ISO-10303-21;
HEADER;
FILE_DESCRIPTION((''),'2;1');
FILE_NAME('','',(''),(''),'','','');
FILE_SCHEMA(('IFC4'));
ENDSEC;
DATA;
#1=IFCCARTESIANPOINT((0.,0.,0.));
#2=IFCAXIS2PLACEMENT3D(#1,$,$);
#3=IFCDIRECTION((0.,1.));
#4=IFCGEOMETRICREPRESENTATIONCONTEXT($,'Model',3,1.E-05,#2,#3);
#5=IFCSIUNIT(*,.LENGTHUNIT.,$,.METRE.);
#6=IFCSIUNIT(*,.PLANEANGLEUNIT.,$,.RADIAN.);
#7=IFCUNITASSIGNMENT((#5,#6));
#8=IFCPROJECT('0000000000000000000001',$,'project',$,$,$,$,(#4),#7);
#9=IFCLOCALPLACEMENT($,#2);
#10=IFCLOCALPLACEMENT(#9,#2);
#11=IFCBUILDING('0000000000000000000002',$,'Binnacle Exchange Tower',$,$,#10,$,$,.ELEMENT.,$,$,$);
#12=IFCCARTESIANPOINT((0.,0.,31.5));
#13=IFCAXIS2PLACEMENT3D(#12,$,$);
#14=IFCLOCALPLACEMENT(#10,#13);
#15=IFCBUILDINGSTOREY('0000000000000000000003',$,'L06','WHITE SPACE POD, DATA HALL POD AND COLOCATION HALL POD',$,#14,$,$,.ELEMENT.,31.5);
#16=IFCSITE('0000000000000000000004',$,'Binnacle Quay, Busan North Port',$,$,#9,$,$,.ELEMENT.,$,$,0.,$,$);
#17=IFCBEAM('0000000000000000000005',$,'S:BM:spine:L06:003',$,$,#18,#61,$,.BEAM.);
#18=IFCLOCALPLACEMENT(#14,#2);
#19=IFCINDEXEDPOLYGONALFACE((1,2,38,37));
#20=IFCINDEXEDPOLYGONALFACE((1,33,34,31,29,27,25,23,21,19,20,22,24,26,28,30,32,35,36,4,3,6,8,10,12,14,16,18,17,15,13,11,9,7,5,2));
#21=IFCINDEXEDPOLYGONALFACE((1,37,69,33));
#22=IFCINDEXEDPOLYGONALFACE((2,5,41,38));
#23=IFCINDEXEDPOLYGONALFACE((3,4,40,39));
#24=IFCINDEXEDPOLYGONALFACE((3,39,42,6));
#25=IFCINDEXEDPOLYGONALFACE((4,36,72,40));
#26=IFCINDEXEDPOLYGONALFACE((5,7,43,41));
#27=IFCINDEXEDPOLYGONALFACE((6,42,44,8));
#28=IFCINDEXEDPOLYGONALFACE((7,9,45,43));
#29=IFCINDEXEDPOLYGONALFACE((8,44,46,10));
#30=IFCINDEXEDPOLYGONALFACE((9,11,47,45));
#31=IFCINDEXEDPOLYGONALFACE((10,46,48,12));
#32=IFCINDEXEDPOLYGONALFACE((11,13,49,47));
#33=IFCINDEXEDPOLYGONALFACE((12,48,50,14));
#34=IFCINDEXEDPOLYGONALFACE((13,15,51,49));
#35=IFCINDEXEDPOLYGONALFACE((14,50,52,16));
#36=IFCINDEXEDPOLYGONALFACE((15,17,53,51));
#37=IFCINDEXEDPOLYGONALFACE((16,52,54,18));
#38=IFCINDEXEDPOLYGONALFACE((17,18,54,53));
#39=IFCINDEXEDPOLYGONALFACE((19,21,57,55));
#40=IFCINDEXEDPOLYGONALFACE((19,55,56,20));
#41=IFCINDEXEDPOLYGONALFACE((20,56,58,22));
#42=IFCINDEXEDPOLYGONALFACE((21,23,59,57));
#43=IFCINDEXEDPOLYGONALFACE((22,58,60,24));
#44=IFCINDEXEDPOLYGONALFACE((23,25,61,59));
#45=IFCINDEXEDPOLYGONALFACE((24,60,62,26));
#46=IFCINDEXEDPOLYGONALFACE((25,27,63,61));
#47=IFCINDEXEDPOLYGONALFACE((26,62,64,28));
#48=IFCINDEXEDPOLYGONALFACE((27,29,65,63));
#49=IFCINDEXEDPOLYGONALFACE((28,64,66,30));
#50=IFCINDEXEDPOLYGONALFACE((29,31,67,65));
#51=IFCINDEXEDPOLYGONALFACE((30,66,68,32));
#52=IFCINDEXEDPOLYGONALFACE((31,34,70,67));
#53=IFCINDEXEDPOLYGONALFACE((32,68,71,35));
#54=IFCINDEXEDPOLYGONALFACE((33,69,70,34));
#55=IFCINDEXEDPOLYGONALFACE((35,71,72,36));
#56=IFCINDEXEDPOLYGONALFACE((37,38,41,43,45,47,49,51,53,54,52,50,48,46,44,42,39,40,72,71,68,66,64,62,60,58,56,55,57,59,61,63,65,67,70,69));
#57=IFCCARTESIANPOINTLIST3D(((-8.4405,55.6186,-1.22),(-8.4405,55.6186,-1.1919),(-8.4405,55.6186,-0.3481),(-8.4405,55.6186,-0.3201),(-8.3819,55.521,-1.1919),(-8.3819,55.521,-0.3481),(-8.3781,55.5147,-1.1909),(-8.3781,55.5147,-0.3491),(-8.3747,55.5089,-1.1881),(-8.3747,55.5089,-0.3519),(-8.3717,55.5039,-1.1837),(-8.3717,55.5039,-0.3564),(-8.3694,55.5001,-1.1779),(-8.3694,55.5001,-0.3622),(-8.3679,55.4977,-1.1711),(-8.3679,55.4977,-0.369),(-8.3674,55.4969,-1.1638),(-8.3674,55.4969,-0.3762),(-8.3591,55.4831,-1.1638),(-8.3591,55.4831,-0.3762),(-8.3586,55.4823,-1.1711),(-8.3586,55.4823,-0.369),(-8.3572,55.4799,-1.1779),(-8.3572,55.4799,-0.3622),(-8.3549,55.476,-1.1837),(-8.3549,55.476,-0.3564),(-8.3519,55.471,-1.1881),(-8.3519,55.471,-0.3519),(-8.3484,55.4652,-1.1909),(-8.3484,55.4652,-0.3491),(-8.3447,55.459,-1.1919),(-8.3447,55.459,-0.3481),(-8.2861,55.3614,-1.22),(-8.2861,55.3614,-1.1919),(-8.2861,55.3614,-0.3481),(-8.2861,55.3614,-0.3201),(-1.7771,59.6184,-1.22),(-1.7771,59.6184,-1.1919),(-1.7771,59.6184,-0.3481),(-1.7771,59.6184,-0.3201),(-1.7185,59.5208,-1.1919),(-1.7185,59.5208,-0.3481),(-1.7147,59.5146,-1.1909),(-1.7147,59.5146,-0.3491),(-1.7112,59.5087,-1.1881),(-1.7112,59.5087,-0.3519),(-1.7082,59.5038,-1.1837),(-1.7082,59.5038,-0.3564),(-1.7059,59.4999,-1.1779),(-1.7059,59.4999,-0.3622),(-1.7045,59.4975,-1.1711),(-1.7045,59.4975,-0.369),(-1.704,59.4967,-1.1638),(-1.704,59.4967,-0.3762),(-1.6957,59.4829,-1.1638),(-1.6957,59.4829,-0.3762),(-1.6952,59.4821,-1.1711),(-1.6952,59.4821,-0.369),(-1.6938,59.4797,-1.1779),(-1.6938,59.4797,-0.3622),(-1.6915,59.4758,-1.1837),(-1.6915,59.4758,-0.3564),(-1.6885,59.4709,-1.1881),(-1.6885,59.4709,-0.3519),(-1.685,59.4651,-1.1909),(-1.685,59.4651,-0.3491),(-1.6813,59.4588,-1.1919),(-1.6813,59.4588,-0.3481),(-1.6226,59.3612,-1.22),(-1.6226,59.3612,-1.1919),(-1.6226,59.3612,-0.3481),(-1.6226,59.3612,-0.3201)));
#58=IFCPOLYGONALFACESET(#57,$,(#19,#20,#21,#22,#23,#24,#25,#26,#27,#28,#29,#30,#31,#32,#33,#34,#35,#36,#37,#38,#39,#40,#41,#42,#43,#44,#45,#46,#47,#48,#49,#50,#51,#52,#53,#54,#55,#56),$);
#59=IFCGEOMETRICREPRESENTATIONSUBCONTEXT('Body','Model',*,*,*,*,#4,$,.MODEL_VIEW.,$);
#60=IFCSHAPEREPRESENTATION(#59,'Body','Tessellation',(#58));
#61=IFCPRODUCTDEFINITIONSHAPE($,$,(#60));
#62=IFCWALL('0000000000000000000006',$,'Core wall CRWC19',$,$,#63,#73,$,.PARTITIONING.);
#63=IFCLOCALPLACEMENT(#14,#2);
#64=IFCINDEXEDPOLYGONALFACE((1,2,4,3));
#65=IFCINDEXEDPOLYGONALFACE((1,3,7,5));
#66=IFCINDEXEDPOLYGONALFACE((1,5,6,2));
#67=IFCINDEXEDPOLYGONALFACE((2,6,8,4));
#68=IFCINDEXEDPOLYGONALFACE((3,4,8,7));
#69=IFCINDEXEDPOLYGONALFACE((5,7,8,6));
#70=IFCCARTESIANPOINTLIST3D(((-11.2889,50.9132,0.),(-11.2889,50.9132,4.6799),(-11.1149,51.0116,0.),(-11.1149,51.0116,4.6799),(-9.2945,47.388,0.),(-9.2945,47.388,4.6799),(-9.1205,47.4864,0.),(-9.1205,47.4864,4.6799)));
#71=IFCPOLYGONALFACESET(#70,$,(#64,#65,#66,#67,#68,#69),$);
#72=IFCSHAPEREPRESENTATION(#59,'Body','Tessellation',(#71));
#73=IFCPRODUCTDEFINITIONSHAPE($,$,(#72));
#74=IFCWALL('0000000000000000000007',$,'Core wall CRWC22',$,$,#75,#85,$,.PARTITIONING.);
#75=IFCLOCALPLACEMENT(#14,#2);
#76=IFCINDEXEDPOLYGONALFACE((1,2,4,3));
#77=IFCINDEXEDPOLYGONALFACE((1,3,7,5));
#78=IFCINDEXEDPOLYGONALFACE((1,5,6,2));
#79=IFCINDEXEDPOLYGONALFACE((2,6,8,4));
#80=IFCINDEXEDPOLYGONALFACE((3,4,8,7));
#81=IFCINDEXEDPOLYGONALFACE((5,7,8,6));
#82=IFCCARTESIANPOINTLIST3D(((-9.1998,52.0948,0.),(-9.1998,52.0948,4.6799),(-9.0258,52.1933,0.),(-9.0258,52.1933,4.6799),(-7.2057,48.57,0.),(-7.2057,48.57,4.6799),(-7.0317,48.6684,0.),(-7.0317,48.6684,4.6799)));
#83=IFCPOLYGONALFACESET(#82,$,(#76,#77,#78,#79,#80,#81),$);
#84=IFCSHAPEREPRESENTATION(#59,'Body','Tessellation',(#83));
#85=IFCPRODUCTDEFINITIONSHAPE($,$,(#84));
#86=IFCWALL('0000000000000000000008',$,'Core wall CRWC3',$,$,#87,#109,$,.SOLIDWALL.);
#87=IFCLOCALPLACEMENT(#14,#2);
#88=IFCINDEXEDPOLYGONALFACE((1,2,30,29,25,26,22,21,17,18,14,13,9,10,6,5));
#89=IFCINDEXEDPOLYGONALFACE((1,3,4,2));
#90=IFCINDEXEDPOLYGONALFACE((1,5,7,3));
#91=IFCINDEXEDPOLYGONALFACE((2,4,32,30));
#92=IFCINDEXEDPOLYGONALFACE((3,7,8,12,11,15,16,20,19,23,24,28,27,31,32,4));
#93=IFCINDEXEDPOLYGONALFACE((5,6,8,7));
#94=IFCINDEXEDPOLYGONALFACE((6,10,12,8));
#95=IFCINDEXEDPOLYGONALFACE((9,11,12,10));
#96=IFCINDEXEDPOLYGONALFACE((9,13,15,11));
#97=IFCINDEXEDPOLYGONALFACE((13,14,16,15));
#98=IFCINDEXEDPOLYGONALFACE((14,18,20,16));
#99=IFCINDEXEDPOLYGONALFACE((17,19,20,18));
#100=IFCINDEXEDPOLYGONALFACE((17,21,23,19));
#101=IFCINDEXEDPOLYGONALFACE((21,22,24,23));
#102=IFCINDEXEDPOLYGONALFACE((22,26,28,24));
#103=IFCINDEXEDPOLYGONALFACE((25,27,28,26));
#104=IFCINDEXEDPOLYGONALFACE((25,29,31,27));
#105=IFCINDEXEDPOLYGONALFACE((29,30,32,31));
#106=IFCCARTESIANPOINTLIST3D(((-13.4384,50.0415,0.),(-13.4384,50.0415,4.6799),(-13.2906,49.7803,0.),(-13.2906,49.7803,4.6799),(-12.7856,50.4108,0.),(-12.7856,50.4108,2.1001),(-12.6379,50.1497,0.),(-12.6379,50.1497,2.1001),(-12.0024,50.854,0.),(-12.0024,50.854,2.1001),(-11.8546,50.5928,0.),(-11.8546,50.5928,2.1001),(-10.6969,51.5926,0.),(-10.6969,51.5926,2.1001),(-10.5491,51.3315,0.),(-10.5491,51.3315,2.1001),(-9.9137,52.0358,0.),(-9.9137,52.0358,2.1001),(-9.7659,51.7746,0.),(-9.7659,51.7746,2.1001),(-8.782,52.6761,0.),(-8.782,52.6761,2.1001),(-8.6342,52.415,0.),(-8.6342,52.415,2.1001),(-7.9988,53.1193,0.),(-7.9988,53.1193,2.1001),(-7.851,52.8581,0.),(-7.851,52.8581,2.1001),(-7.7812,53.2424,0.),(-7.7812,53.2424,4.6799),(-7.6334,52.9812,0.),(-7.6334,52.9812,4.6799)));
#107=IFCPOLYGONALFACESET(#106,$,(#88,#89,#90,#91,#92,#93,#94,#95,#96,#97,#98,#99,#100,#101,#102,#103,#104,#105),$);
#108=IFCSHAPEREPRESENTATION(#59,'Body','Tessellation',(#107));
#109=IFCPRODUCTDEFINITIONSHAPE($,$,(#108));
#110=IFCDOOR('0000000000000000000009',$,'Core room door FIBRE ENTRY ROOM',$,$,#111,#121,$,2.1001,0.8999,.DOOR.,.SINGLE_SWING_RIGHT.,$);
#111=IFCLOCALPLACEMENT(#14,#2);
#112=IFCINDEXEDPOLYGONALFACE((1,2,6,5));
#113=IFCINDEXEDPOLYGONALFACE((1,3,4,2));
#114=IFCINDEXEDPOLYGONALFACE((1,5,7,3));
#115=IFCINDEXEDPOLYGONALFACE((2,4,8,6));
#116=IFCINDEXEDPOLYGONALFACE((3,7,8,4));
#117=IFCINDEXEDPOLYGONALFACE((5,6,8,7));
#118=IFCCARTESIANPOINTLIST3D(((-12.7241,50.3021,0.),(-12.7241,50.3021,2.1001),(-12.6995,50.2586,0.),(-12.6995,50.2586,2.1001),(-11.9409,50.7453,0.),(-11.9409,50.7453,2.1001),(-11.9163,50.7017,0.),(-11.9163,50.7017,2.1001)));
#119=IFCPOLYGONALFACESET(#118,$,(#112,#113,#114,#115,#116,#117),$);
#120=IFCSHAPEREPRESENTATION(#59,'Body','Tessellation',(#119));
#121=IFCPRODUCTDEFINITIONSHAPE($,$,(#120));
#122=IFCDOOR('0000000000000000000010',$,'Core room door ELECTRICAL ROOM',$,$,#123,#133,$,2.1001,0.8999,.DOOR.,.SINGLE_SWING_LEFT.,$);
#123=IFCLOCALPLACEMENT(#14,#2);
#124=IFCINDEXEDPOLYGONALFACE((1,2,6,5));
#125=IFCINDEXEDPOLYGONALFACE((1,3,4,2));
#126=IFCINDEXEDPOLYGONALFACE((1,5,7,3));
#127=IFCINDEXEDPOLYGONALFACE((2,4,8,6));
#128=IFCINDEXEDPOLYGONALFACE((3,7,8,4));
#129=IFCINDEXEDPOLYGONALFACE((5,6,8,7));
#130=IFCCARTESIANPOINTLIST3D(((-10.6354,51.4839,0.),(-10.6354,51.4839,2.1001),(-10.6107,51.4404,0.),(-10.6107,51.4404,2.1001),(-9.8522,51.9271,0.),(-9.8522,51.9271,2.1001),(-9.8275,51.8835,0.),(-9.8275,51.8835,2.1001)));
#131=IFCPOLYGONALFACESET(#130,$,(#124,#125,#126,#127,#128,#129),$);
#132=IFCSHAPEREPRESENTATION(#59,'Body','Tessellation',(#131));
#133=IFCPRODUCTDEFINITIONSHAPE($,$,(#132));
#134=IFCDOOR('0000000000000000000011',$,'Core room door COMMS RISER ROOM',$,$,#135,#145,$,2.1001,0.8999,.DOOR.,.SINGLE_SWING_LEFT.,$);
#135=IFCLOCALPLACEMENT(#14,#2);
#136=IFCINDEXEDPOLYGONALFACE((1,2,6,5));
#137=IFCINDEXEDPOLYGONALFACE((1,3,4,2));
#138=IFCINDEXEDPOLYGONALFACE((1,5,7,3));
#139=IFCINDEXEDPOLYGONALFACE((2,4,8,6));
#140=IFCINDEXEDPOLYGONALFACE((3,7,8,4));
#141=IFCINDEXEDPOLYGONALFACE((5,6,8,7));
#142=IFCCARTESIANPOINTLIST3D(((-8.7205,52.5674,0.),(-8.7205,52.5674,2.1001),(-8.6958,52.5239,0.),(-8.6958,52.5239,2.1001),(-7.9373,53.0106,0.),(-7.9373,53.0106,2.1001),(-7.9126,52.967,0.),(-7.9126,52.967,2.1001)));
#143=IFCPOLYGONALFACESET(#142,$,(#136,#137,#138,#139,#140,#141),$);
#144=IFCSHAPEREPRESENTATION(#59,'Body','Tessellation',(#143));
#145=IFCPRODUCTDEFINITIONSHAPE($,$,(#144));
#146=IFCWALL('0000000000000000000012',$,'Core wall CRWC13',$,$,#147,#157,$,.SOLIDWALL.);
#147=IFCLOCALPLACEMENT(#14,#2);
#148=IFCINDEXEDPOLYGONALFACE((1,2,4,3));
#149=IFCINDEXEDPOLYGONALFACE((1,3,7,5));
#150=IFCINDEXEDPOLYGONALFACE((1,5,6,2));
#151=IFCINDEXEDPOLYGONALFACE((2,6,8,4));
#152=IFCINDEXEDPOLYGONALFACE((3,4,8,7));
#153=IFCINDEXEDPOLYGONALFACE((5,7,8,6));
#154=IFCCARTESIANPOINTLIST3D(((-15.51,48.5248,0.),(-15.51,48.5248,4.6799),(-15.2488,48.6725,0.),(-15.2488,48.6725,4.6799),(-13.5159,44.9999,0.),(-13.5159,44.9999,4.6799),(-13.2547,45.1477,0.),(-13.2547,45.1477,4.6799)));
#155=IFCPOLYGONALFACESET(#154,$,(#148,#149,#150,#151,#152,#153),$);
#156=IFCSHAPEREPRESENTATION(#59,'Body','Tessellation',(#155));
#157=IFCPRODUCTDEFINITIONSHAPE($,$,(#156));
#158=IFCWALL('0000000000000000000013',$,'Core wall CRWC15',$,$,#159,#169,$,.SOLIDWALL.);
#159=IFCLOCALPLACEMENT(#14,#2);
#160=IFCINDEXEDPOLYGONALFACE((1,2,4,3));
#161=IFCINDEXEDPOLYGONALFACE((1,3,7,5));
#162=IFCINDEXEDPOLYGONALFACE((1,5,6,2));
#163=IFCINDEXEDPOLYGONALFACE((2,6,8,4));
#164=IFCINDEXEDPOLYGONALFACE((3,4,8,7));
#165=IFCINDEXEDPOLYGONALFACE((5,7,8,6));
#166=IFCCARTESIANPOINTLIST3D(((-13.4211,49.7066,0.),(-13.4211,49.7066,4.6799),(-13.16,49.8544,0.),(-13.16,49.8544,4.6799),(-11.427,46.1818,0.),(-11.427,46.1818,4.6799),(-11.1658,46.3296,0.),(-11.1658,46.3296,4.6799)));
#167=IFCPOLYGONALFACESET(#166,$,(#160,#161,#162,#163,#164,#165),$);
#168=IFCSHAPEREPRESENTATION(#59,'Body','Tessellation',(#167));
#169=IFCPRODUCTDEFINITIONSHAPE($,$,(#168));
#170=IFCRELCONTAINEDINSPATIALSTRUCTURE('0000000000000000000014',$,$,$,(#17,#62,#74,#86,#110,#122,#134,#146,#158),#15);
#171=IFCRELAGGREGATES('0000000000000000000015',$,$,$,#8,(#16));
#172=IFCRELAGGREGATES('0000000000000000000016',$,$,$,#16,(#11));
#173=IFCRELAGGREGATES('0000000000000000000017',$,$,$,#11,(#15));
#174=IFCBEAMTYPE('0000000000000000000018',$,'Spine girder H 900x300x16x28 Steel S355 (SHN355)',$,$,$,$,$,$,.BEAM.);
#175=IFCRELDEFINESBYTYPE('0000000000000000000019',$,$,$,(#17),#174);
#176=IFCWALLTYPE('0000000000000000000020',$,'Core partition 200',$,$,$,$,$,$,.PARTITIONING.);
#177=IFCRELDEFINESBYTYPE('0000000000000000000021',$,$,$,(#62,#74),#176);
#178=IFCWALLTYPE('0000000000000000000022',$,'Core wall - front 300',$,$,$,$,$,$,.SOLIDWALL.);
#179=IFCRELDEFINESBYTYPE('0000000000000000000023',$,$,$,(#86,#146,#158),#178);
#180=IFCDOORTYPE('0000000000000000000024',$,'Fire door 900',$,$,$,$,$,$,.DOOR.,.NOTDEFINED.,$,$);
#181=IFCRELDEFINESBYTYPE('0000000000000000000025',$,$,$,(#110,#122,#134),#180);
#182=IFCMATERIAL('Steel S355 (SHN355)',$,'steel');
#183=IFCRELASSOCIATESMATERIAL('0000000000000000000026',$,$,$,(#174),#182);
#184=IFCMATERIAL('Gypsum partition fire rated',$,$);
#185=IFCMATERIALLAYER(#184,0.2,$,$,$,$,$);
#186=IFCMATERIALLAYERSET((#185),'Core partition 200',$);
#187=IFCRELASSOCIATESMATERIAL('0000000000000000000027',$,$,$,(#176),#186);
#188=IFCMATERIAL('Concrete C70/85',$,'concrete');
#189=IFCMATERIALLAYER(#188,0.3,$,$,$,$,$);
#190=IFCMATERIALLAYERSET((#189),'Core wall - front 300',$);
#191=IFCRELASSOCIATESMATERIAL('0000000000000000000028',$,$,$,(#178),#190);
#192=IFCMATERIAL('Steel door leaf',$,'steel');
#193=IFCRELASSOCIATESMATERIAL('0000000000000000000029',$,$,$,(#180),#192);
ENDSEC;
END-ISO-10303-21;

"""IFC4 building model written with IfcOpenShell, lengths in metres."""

from ifc_helpers import new_model, si_unit, direction, frame, frame_2d, origin, origin_2d, place, context, subcontext, project, spatial, rectangle, i_section, extrude, material, layer, layer_set, material_profile, profile_set, type_object, element, fill, save


model = new_model("IFC4")

# Units and contexts
model_context = context("Model", 3, precision=1e-05, world=origin(), true_north=direction((0.0, 1.0)))
body_context = subcontext(model_context, "Body", "Model", "MODEL_VIEW")
ifc_project = project(units=[si_unit("LENGTHUNIT", "METRE"), si_unit("PLANEANGLEUNIT", "RADIAN")], contexts=[model_context])

# Site, building, storey
site_placement = place(None, origin())
site = spatial("IfcSite", under=ifc_project, at=site_placement, Name="Binnacle Quay, Busan North Port", CompositionType="ELEMENT", RefElevation=0.0)
building_placement = place(site_placement, origin())
building = spatial("IfcBuilding", under=site, at=building_placement, Name="Binnacle Exchange Tower", CompositionType="ELEMENT")
storey_placement = place(building_placement, frame((0.0, 0.0, 31.5)))
storey = spatial("IfcBuildingStorey", under=building, at=storey_placement, Name="L06", Description="WHITE SPACE POD, DATA HALL POD AND COLOCATION HALL POD", CompositionType="ELEMENT", Elevation=31.5)

# Shared definitions
ifc_material_1 = material(Name="Concrete C70/85", Category="concrete")

# Beam
ifc_material_2 = material(Name="Steel S355 (SHN355)", Category="steel")
ifc_material_profile_1 = material_profile(ifc_material_2, i_section(OverallWidth=0.3, OverallDepth=0.8999, WebThickness=0.0161, FlangeThickness=0.0281, FilletRadius=0.0281, at=origin_2d()), Name="H 900x300x16x28")
ifc_profile_set_1 = profile_set([ifc_material_profile_1], Name="Steel S355 (SHN355)")
beam_type_1 = type_object("IfcBeamType", Name="Spine girder H 900x300x16x28 Steel S355 (SHN355)", PredefinedType="BEAM", material=ifc_profile_set_1)
beam_1_placement = place(storey_placement, frame((-8.3633, 55.49, -0.77), z_axis=(0.857393, 0.514662, 0.0), x_axis=(-0.514662, 0.857393, 0.0)))
element("IfcBeam", 1, at=beam_1_placement, inside=storey, type_object=beam_type_1, Name="S:BM:spine:L06:003", PredefinedType="BEAM", context=body_context, shape_type="SweptSolid", body=[
    extrude(i_section(OverallWidth=0.3, OverallDepth=0.8999, WebThickness=0.0161, FlangeThickness=0.0281, FilletRadius=0.0281, at=origin_2d()), origin(), (0.0, 0.0, 1.0), 7.7717),
])

# Walls
ifc_material_3 = material(Name="Gypsum partition fire rated")
ifc_layer_1 = layer(ifc_material_3, 0.2)
ifc_layer_set_1 = layer_set([ifc_layer_1], Name="Core partition 200")
wall_type_1 = type_object("IfcWallType", Name="Core partition 200", PredefinedType="PARTITIONING", material=ifc_layer_set_1)
wall_1_placement = place(storey_placement, frame((-11.2019, 50.9624, 0.0), z_axis=(0.0, 0.0, 1.0), x_axis=(0.492415, -0.870361, 0.0)))
element("IfcWall", 2, at=wall_1_placement, inside=storey, type_object=wall_type_1, Name="Core wall CRWC19", PredefinedType="PARTITIONING", context=body_context, shape_type="SweptSolid", body=[
    extrude(rectangle(XDim=4.0503, YDim=0.2, at=frame_2d((2.0251, 0.0))), origin(), (0.0, 0.0, 1.0), 4.6799),
])
wall_2_placement = place(storey_placement, frame((-9.1128, 52.144, 0.0), z_axis=(0.0, 0.0, 1.0), x_axis=(0.492395, -0.870372, 0.0)))
element("IfcWall", 3, at=wall_2_placement, inside=storey, type_object=wall_type_1, Name="Core wall CRWC22", PredefinedType="PARTITIONING", context=body_context, shape_type="SweptSolid", body=[
    extrude(rectangle(XDim=4.0498, YDim=0.2, at=frame_2d((2.0249, 0.0))), origin(), (0.0, 0.0, 1.0), 4.6799),
])

# Wall, openings, doors
ifc_layer_2 = layer(ifc_material_1, 0.3)
ifc_layer_set_2 = layer_set([ifc_layer_2], Name="Core wall - front 300")
wall_type_2 = type_object("IfcWallType", Name="Core wall - front 300", PredefinedType="SOLIDWALL", material=ifc_layer_set_2)
wall_3_placement = place(storey_placement, frame((-13.3645, 49.9109, 0.0), z_axis=(0.0, 0.0, 1.0), x_axis=(0.870341, 0.49245, 0.0)))
wall_3 = element("IfcWall", 4, at=wall_3_placement, inside=storey, type_object=wall_type_2, Name="Core wall CRWC3", PredefinedType="SOLIDWALL", context=body_context, shape_type="SweptSolid", body=[
    extrude(rectangle(XDim=6.5, YDim=0.3, at=frame_2d((3.25, 0.0))), origin(), (0.0, 0.0, 1.0), 4.6799),
])
opening_1_placement = place(wall_3_placement, frame((0.75, 0.0, 0.0)))
opening_1 = element("IfcOpeningElement", 5, at=opening_1_placement, cuts=wall_3, PredefinedType="OPENING", context=body_context, shape_type="SweptSolid", body=[
    extrude(rectangle(XDim=0.8999, YDim=2.1001, at=frame_2d((0.45, 1.05))), frame((0.0, 0.1599, 0.0), z_axis=(0.0, -1.0, 0.0), x_axis=(1.0, 0.0, 0.0)), (0.0, 0.0, 1.0), 0.3201),
])
opening_2_placement = place(wall_3_placement, frame((3.1499, 0.0, 0.0)))
opening_2 = element("IfcOpeningElement", 6, at=opening_2_placement, cuts=wall_3, PredefinedType="OPENING", context=body_context, shape_type="SweptSolid", body=[
    extrude(rectangle(XDim=0.8999, YDim=2.1001, at=frame_2d((0.45, 1.05))), frame((0.0, 0.1599, 0.0), z_axis=(0.0, -1.0, 0.0), x_axis=(1.0, 0.0, 0.0)), (0.0, 0.0, 1.0), 0.3201),
])
opening_3_placement = place(wall_3_placement, frame((5.3501, 0.0, 0.0)))
opening_3 = element("IfcOpeningElement", 7, at=opening_3_placement, cuts=wall_3, PredefinedType="OPENING", context=body_context, shape_type="SweptSolid", body=[
    extrude(rectangle(XDim=0.8999, YDim=2.1001, at=frame_2d((0.45, 1.05))), frame((0.0, 0.1599, 0.0), z_axis=(0.0, -1.0, 0.0), x_axis=(1.0, 0.0, 0.0)), (0.0, 0.0, 1.0), 0.3201),
])
ifc_material_4 = material(Name="Steel door leaf", Category="steel")
door_type_1 = type_object("IfcDoorType", Name="Fire door 900", OperationType="NOTDEFINED", PredefinedType="DOOR", material=ifc_material_4)
door_1_placement = place(opening_1_placement, frame((0.8999, 0.0, 0.0), z_axis=(0.0, 0.0, 1.0), x_axis=(-1.0, 0.0, 0.0)))
door_1 = element("IfcDoor", 8, at=door_1_placement, inside=storey, type_object=door_type_1, Name="Core room door FIBRE ENTRY ROOM", OperationType="SINGLE_SWING_RIGHT", OverallHeight=2.1001, OverallWidth=0.8999, PredefinedType="DOOR", context=body_context, shape_type="SweptSolid", body=[
    extrude(rectangle(XDim=0.8999, YDim=2.1001, at=frame_2d((0.45, 1.05))), frame((0.0, 0.0249, 0.0), z_axis=(0.0, -1.0, 0.0), x_axis=(1.0, 0.0, 0.0)), (0.0, 0.0, 1.0), 0.05),
])
fill(opening_1, door_1)
door_2_placement = place(opening_2_placement, frame((0.8999, 0.0, 0.0), z_axis=(0.0, 0.0, 1.0), x_axis=(-1.0, 0.0, 0.0)))
door_2 = element("IfcDoor", 9, at=door_2_placement, inside=storey, type_object=door_type_1, Name="Core room door ELECTRICAL ROOM", OperationType="SINGLE_SWING_LEFT", OverallHeight=2.1001, OverallWidth=0.8999, PredefinedType="DOOR", context=body_context, shape_type="SweptSolid", body=[
    extrude(rectangle(XDim=0.8999, YDim=2.1001, at=frame_2d((0.45, 1.05))), frame((0.0, 0.0249, 0.0), z_axis=(0.0, -1.0, 0.0), x_axis=(1.0, 0.0, 0.0)), (0.0, 0.0, 1.0), 0.05),
])
fill(opening_2, door_2)
door_3_placement = place(opening_3_placement, frame((0.8999, 0.0, 0.0), z_axis=(0.0, 0.0, 1.0), x_axis=(-1.0, 0.0, 0.0)))
door_3 = element("IfcDoor", 10, at=door_3_placement, inside=storey, type_object=door_type_1, Name="Core room door COMMS RISER ROOM", OperationType="SINGLE_SWING_LEFT", OverallHeight=2.1001, OverallWidth=0.8999, PredefinedType="DOOR", context=body_context, shape_type="SweptSolid", body=[
    extrude(rectangle(XDim=0.8999, YDim=2.1001, at=frame_2d((0.45, 1.05))), frame((0.0, 0.0249, 0.0), z_axis=(0.0, -1.0, 0.0), x_axis=(1.0, 0.0, 0.0)), (0.0, 0.0, 1.0), 0.05),
])
fill(opening_3, door_3)

# Walls
for number, where, z_axis, x_axis, name in (
    (11, (-15.3794, 48.5986, 0.0), (0.0, 0.0, 1.0), (0.492395, -0.870372, 0.0), "Core wall CRWC13"),
    (12, (-13.2905, 49.7805, 0.0), (0.0, 0.0, 1.0), (0.492395, -0.870372, 0.0), "Core wall CRWC15"),
):
    element("IfcWall", number, at=place(storey_placement, frame(where, z_axis=z_axis, x_axis=x_axis)), inside=storey, type_object=wall_type_2, Name=name, PredefinedType="SOLIDWALL", context=body_context, shape_type="SweptSolid", body=[
        extrude(rectangle(XDim=4.0498, YDim=0.3, at=frame_2d((2.0249, 0.0))), origin(), (0.0, 0.0, 1.0), 4.6799),
    ])

save(model, "model.ifc")
